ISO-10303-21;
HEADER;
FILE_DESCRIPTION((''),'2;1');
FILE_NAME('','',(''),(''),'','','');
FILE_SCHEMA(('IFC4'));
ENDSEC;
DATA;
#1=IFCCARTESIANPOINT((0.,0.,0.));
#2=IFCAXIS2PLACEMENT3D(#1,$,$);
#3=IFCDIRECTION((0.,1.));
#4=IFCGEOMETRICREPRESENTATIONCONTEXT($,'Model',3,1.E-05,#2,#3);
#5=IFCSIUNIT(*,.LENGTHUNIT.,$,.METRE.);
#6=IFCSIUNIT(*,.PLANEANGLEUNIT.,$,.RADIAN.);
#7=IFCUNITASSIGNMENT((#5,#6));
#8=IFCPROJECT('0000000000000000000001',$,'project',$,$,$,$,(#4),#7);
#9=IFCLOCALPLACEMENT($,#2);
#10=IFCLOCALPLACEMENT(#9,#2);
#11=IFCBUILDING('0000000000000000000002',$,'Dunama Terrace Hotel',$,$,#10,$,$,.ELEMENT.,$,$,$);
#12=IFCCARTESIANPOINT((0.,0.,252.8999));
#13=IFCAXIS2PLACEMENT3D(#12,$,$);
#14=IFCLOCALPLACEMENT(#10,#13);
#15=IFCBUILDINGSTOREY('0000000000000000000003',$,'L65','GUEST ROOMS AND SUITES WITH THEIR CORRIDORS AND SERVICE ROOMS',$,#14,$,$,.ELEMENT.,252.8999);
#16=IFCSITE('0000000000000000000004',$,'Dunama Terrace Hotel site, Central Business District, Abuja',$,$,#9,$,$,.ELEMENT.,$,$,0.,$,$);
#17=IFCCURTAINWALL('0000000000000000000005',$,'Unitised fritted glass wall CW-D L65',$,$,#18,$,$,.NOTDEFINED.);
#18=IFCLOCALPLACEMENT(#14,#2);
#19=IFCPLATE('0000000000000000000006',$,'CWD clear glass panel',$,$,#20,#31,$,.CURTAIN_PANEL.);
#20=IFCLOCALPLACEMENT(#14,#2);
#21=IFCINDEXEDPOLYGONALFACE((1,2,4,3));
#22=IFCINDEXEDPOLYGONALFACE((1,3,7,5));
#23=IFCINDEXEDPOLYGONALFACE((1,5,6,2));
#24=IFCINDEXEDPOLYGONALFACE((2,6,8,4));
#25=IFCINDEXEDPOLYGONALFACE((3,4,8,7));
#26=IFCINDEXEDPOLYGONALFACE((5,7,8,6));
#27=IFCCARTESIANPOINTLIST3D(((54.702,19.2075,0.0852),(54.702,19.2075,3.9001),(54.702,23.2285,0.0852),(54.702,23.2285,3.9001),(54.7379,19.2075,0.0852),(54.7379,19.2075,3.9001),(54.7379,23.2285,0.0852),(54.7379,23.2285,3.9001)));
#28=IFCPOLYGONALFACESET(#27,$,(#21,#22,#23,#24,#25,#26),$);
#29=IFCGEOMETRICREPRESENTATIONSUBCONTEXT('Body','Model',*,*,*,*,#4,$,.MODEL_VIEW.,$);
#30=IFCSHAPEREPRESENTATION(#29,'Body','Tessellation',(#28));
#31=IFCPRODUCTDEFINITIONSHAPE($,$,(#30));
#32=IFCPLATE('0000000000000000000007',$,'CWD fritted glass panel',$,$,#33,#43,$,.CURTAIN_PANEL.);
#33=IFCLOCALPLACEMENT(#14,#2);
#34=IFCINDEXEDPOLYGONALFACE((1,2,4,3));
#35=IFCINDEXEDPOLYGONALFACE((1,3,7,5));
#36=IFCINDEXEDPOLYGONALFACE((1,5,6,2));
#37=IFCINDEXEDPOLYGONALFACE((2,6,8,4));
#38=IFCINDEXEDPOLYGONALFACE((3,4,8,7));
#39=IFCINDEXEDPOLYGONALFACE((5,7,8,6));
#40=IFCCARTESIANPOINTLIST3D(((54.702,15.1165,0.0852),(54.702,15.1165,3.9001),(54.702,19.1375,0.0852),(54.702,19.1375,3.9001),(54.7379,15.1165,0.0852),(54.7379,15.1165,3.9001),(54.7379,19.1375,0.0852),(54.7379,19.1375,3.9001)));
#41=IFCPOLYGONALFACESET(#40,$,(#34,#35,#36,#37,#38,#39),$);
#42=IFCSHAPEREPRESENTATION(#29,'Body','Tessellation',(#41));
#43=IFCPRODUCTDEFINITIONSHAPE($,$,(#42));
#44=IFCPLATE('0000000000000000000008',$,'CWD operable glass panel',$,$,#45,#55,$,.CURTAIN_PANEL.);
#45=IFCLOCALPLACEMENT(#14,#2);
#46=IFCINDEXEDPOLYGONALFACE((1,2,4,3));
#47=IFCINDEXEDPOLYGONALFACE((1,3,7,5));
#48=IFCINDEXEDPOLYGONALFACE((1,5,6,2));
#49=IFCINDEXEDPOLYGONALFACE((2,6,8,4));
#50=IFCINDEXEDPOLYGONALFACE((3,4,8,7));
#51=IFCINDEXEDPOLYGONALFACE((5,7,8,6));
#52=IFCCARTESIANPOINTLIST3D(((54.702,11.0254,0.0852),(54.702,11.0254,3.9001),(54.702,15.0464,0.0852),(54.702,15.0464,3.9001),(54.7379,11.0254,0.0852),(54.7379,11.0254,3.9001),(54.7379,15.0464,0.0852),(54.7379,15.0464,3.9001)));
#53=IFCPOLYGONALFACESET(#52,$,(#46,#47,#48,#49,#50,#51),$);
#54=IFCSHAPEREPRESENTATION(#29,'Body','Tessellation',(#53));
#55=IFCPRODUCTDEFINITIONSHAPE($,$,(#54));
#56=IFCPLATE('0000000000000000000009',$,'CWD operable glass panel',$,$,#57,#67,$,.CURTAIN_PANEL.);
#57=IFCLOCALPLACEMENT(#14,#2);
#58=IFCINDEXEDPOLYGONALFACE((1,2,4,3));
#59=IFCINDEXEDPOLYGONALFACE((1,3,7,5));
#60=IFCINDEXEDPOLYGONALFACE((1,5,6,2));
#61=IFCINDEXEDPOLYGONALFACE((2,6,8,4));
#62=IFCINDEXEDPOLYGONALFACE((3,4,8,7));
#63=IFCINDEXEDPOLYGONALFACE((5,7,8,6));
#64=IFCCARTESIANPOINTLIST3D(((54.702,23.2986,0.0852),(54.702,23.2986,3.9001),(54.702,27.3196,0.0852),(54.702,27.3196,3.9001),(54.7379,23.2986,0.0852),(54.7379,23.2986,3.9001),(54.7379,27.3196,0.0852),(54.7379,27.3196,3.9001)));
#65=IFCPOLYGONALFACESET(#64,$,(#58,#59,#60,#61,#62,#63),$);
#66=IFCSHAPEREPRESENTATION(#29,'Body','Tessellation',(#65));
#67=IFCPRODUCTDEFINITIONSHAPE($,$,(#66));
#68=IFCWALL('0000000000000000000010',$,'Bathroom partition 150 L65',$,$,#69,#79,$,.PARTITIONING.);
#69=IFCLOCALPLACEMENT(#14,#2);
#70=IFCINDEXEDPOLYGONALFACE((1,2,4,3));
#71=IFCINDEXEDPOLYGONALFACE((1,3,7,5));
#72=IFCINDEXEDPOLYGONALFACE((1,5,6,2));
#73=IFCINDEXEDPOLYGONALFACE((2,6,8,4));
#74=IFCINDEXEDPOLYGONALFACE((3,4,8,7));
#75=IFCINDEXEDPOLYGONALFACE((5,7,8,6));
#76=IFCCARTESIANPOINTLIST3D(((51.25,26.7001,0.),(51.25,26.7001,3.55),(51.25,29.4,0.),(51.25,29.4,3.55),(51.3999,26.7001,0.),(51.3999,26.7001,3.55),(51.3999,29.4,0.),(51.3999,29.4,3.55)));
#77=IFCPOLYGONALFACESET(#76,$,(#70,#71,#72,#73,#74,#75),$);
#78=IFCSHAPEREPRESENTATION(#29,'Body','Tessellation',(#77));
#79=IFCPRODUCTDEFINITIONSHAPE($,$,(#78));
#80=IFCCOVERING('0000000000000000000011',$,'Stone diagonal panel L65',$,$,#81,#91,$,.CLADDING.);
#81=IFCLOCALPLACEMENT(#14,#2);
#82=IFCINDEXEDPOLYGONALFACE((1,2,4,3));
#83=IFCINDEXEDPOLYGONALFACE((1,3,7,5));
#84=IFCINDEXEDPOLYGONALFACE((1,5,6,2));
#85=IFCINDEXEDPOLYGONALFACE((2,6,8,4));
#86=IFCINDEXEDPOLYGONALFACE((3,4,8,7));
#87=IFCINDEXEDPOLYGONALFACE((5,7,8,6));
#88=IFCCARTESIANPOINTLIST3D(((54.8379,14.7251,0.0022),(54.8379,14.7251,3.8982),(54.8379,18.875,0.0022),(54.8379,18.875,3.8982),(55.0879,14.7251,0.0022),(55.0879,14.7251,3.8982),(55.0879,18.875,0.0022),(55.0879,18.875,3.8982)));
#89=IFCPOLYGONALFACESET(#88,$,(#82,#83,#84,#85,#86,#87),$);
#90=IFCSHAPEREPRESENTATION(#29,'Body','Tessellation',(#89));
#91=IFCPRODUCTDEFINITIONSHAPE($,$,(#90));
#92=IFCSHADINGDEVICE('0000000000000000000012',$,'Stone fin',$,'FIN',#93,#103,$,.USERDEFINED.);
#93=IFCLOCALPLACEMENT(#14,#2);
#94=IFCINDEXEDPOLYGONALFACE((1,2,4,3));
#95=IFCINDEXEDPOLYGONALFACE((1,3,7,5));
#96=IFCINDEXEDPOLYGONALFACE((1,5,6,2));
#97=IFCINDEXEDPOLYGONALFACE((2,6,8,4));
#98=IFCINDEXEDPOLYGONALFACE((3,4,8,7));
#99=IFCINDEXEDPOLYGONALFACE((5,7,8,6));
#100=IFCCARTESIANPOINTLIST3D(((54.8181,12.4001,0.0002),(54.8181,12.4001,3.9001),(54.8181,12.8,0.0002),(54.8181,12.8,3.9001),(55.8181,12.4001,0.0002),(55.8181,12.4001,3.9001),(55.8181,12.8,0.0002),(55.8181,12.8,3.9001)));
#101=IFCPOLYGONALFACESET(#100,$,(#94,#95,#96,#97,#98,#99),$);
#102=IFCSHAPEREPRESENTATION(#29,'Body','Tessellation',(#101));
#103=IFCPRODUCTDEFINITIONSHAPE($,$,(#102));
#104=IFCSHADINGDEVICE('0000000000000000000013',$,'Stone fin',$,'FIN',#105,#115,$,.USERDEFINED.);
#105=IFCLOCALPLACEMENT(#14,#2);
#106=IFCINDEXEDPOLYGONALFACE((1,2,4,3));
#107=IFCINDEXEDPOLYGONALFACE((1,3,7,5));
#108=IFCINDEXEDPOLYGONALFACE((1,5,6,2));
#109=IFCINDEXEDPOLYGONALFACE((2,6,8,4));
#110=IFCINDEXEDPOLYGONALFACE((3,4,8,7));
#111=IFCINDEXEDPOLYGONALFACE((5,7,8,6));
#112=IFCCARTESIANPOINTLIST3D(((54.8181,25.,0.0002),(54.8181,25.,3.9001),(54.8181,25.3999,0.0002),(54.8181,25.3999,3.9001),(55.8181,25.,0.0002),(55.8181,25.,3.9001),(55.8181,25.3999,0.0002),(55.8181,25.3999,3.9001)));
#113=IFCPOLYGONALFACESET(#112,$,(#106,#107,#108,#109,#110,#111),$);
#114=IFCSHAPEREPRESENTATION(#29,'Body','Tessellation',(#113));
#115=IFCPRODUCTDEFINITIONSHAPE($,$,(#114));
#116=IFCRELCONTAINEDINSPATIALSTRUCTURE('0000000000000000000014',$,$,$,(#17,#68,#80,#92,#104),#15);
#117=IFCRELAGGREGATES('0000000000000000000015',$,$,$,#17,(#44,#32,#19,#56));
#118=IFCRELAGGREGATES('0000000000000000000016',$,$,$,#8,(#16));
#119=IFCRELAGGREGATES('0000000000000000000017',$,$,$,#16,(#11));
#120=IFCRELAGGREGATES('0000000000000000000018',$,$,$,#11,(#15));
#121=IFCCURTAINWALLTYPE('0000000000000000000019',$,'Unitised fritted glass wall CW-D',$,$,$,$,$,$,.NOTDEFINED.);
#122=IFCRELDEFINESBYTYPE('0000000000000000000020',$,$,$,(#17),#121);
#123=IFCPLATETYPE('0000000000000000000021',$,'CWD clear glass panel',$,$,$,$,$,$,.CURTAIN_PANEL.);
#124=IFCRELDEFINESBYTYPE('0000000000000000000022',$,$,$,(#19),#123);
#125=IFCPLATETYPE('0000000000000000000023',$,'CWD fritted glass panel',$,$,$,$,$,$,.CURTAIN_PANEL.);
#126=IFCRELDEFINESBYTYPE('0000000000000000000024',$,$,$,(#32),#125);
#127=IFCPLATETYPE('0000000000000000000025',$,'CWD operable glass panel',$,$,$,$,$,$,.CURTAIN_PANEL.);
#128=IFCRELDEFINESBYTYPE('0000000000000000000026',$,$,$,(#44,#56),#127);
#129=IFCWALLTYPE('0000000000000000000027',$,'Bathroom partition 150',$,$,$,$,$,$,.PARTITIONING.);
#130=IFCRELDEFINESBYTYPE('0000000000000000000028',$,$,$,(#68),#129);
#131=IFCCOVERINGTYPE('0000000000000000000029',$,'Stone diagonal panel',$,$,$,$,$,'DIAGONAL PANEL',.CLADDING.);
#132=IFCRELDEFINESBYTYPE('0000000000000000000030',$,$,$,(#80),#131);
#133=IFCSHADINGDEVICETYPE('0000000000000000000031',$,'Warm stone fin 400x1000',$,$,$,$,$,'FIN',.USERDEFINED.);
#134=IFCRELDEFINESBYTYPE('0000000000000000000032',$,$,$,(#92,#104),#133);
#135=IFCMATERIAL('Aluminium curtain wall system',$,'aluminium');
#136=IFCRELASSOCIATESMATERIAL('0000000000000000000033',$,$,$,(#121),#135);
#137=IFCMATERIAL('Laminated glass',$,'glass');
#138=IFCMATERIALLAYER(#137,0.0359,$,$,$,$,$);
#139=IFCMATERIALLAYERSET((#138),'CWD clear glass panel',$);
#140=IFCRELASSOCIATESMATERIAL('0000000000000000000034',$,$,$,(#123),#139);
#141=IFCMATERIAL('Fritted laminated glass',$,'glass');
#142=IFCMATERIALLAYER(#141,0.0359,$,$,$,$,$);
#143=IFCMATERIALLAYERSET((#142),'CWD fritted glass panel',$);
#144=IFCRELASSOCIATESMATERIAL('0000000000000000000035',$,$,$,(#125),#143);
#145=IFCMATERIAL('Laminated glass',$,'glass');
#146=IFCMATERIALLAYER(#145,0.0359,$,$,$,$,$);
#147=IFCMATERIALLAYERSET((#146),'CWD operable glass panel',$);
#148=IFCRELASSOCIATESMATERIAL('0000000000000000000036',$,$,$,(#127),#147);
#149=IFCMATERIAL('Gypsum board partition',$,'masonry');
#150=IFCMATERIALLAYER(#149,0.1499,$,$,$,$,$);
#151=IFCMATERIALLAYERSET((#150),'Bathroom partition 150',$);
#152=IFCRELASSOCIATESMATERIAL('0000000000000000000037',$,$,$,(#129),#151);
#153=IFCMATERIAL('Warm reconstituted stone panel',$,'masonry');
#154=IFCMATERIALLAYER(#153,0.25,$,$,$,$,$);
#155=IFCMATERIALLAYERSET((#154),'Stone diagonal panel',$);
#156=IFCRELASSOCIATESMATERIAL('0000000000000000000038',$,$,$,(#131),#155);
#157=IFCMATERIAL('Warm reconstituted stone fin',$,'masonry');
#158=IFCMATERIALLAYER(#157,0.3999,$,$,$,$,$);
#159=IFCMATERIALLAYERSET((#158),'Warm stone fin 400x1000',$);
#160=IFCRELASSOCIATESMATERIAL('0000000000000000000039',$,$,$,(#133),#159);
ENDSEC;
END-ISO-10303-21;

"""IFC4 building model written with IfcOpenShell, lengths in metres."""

from ifc_helpers import new_model, si_unit, direction, frame, frame_2d, origin, origin_2d, place, context, subcontext, project, spatial, rectangle, extrude, material, layer, layer_set, type_object, element, aggregate, save


model = new_model("IFC4")

# Units and contexts
model_context = context("Model", 3, precision=1e-05, world=origin(), true_north=direction((0.0, 1.0)))
body_context = subcontext(model_context, "Body", "Model", "MODEL_VIEW")
ifc_project = project(units=[si_unit("LENGTHUNIT", "METRE"), si_unit("PLANEANGLEUNIT", "RADIAN")], contexts=[model_context])

# Site, building, storey
site_placement = place(None, origin())
site = spatial("IfcSite", under=ifc_project, at=site_placement, Name="Dunama Terrace Hotel site, Central Business District, Abuja", CompositionType="ELEMENT", RefElevation=0.0)
building_placement = place(site_placement, origin())
building = spatial("IfcBuilding", under=site, at=building_placement, Name="Dunama Terrace Hotel", CompositionType="ELEMENT")
storey_placement = place(building_placement, frame((0.0, 0.0, 252.8999)))
storey = spatial("IfcBuildingStorey", under=building, at=storey_placement, Name="L65", Description="GUEST ROOMS AND SUITES WITH THEIR CORRIDORS AND SERVICE ROOMS", CompositionType="ELEMENT", Elevation=252.8999)

# Curtain wall
ifc_material_1 = material(Name="Aluminium curtain wall system", Category="aluminium")
curtain_wall_type = type_object("IfcCurtainWallType", Name="Unitised fritted glass wall CW-D", PredefinedType="NOTDEFINED", material=ifc_material_1)
curtain_wall_placement = place(storey_placement, origin())
curtain_wall = element("IfcCurtainWall", 1, at=curtain_wall_placement, inside=storey, type_object=curtain_wall_type, Name="Unitised fritted glass wall CW-D L65", PredefinedType="NOTDEFINED")

# Plates
ifc_material_2 = material(Name="Laminated glass", Category="glass")
ifc_layer_1 = layer(ifc_material_2, 0.0359)
ifc_layer_set_1 = layer_set([ifc_layer_1], Name="CWD clear glass panel")
plate_type_1 = type_object("IfcPlateType", Name="CWD clear glass panel", PredefinedType="CURTAIN_PANEL", material=ifc_layer_set_1)
plate_1_placement = place(storey_placement, frame((54.72, 21.218, 0.0852), z_axis=(0.0, 0.0, 1.0), x_axis=(0.0, 1.0, 0.0)))
plate_1 = element("IfcPlate", 2, at=plate_1_placement, type_object=plate_type_1, Name="CWD clear glass panel", PredefinedType="CURTAIN_PANEL", context=body_context, shape_type="SweptSolid", body=[
    extrude(rectangle(XDim=4.021, YDim=0.0359, at=origin_2d()), origin(), (0.0, 0.0, 1.0), 3.8149),
])
ifc_material_3 = material(Name="Fritted laminated glass", Category="glass")
ifc_layer_2 = layer(ifc_material_3, 0.0359)
ifc_layer_set_2 = layer_set([ifc_layer_2], Name="CWD fritted glass panel")
plate_type_2 = type_object("IfcPlateType", Name="CWD fritted glass panel", PredefinedType="CURTAIN_PANEL", material=ifc_layer_set_2)
plate_2_placement = place(storey_placement, frame((54.72, 17.127, 0.0852), z_axis=(0.0, 0.0, 1.0), x_axis=(0.0, 1.0, 0.0)))
plate_2 = element("IfcPlate", 3, at=plate_2_placement, type_object=plate_type_2, Name="CWD fritted glass panel", PredefinedType="CURTAIN_PANEL", context=body_context, shape_type="SweptSolid", body=[
    extrude(rectangle(XDim=4.021, YDim=0.0359, at=origin_2d()), origin(), (0.0, 0.0, 1.0), 3.8149),
])
ifc_material_4 = material(Name="Laminated glass", Category="glass")
ifc_layer_3 = layer(ifc_material_4, 0.0359)
ifc_layer_set_3 = layer_set([ifc_layer_3], Name="CWD operable glass panel")
plate_type_3 = type_object("IfcPlateType", Name="CWD operable glass panel", PredefinedType="CURTAIN_PANEL", material=ifc_layer_set_3)
plate_3_placement = place(storey_placement, frame((54.72, 13.0359, 0.0852), z_axis=(0.0, 0.0, 1.0), x_axis=(0.0, 1.0, 0.0)))
plate_3 = element("IfcPlate", 4, at=plate_3_placement, type_object=plate_type_3, Name="CWD operable glass panel", PredefinedType="CURTAIN_PANEL", context=body_context, shape_type="SweptSolid", body=[
    extrude(rectangle(XDim=4.021, YDim=0.0359, at=origin_2d()), origin(), (0.0, 0.0, 1.0), 3.8149),
])
plate_4_placement = place(storey_placement, frame((54.72, 25.3091, 0.0852), z_axis=(0.0, 0.0, 1.0), x_axis=(0.0, 1.0, 0.0)))
plate_4 = element("IfcPlate", 5, at=plate_4_placement, type_object=plate_type_3, Name="CWD operable glass panel", PredefinedType="CURTAIN_PANEL", context=body_context, shape_type="SweptSolid", body=[
    extrude(rectangle(XDim=4.021, YDim=0.0359, at=origin_2d()), origin(), (0.0, 0.0, 1.0), 3.8149),
])
aggregate(curtain_wall, [plate_3, plate_2, plate_1, plate_4])

# Wall
ifc_material_5 = material(Name="Gypsum board partition", Category="masonry")
ifc_layer_4 = layer(ifc_material_5, 0.1499)
ifc_layer_set_4 = layer_set([ifc_layer_4], Name="Bathroom partition 150")
wall_type = type_object("IfcWallType", Name="Bathroom partition 150", PredefinedType="PARTITIONING", material=ifc_layer_set_4)
wall_placement = place(storey_placement, frame((51.325, 26.7, 0.0), z_axis=(0.0, 0.0, 1.0), x_axis=(0.0, 1.0, 0.0)))
element("IfcWall", 6, at=wall_placement, inside=storey, type_object=wall_type, Name="Bathroom partition 150 L65", PredefinedType="PARTITIONING", context=body_context, shape_type="SweptSolid", body=[
    extrude(rectangle(XDim=2.7, YDim=0.1499, at=frame_2d((1.3501, 0.0))), origin(), (0.0, 0.0, 1.0), 3.55),
])

# Covering
ifc_material_6 = material(Name="Warm reconstituted stone panel", Category="masonry")
ifc_layer_5 = layer(ifc_material_6, 0.25)
ifc_layer_set_5 = layer_set([ifc_layer_5], Name="Stone diagonal panel")
covering_type = type_object("IfcCoveringType", Name="Stone diagonal panel", ElementType="DIAGONAL PANEL", PredefinedType="CLADDING", material=ifc_layer_set_5)
covering_placement = place(storey_placement, frame((54.9629, 16.8, 0.0022), z_axis=(0.0, 0.0, 1.0), x_axis=(0.0, 1.0, 0.0)))
element("IfcCovering", 7, at=covering_placement, inside=storey, type_object=covering_type, Name="Stone diagonal panel L65", PredefinedType="CLADDING", context=body_context, shape_type="SweptSolid", body=[
    extrude(rectangle(XDim=4.1499, YDim=0.25, at=origin_2d()), origin(), (0.0, 0.0, 1.0), 3.896),
])

# Shading devices
ifc_material_7 = material(Name="Warm reconstituted stone fin", Category="masonry")
ifc_layer_6 = layer(ifc_material_7, 0.3999)
ifc_layer_set_6 = layer_set([ifc_layer_6], Name="Warm stone fin 400x1000")
shading_device_type = type_object("IfcShadingDeviceType", Name="Warm stone fin 400x1000", ElementType="FIN", PredefinedType="USERDEFINED", material=ifc_layer_set_6)
for number, where, z_axis, x_axis, name in (
    (8, (55.3181, 12.6001, 0.0002), (0.0, 0.0, 1.0), (0.0, 1.0, 0.0), "Stone fin"),
    (9, (55.3181, 25.2, 0.0002), (0.0, 0.0, 1.0), (0.0, 1.0, 0.0), "Stone fin"),
):
    element("IfcShadingDevice", number, at=place(storey_placement, frame(where, z_axis=z_axis, x_axis=x_axis)), inside=storey, type_object=shading_device_type, Name=name, ObjectType="FIN", PredefinedType="USERDEFINED", context=body_context, shape_type="SweptSolid", body=[
        extrude(rectangle(XDim=0.3999, YDim=1.0, at=origin_2d()), origin(), (0.0, 0.0, 1.0), 3.8999),
    ])

save(model, "model.ifc")
